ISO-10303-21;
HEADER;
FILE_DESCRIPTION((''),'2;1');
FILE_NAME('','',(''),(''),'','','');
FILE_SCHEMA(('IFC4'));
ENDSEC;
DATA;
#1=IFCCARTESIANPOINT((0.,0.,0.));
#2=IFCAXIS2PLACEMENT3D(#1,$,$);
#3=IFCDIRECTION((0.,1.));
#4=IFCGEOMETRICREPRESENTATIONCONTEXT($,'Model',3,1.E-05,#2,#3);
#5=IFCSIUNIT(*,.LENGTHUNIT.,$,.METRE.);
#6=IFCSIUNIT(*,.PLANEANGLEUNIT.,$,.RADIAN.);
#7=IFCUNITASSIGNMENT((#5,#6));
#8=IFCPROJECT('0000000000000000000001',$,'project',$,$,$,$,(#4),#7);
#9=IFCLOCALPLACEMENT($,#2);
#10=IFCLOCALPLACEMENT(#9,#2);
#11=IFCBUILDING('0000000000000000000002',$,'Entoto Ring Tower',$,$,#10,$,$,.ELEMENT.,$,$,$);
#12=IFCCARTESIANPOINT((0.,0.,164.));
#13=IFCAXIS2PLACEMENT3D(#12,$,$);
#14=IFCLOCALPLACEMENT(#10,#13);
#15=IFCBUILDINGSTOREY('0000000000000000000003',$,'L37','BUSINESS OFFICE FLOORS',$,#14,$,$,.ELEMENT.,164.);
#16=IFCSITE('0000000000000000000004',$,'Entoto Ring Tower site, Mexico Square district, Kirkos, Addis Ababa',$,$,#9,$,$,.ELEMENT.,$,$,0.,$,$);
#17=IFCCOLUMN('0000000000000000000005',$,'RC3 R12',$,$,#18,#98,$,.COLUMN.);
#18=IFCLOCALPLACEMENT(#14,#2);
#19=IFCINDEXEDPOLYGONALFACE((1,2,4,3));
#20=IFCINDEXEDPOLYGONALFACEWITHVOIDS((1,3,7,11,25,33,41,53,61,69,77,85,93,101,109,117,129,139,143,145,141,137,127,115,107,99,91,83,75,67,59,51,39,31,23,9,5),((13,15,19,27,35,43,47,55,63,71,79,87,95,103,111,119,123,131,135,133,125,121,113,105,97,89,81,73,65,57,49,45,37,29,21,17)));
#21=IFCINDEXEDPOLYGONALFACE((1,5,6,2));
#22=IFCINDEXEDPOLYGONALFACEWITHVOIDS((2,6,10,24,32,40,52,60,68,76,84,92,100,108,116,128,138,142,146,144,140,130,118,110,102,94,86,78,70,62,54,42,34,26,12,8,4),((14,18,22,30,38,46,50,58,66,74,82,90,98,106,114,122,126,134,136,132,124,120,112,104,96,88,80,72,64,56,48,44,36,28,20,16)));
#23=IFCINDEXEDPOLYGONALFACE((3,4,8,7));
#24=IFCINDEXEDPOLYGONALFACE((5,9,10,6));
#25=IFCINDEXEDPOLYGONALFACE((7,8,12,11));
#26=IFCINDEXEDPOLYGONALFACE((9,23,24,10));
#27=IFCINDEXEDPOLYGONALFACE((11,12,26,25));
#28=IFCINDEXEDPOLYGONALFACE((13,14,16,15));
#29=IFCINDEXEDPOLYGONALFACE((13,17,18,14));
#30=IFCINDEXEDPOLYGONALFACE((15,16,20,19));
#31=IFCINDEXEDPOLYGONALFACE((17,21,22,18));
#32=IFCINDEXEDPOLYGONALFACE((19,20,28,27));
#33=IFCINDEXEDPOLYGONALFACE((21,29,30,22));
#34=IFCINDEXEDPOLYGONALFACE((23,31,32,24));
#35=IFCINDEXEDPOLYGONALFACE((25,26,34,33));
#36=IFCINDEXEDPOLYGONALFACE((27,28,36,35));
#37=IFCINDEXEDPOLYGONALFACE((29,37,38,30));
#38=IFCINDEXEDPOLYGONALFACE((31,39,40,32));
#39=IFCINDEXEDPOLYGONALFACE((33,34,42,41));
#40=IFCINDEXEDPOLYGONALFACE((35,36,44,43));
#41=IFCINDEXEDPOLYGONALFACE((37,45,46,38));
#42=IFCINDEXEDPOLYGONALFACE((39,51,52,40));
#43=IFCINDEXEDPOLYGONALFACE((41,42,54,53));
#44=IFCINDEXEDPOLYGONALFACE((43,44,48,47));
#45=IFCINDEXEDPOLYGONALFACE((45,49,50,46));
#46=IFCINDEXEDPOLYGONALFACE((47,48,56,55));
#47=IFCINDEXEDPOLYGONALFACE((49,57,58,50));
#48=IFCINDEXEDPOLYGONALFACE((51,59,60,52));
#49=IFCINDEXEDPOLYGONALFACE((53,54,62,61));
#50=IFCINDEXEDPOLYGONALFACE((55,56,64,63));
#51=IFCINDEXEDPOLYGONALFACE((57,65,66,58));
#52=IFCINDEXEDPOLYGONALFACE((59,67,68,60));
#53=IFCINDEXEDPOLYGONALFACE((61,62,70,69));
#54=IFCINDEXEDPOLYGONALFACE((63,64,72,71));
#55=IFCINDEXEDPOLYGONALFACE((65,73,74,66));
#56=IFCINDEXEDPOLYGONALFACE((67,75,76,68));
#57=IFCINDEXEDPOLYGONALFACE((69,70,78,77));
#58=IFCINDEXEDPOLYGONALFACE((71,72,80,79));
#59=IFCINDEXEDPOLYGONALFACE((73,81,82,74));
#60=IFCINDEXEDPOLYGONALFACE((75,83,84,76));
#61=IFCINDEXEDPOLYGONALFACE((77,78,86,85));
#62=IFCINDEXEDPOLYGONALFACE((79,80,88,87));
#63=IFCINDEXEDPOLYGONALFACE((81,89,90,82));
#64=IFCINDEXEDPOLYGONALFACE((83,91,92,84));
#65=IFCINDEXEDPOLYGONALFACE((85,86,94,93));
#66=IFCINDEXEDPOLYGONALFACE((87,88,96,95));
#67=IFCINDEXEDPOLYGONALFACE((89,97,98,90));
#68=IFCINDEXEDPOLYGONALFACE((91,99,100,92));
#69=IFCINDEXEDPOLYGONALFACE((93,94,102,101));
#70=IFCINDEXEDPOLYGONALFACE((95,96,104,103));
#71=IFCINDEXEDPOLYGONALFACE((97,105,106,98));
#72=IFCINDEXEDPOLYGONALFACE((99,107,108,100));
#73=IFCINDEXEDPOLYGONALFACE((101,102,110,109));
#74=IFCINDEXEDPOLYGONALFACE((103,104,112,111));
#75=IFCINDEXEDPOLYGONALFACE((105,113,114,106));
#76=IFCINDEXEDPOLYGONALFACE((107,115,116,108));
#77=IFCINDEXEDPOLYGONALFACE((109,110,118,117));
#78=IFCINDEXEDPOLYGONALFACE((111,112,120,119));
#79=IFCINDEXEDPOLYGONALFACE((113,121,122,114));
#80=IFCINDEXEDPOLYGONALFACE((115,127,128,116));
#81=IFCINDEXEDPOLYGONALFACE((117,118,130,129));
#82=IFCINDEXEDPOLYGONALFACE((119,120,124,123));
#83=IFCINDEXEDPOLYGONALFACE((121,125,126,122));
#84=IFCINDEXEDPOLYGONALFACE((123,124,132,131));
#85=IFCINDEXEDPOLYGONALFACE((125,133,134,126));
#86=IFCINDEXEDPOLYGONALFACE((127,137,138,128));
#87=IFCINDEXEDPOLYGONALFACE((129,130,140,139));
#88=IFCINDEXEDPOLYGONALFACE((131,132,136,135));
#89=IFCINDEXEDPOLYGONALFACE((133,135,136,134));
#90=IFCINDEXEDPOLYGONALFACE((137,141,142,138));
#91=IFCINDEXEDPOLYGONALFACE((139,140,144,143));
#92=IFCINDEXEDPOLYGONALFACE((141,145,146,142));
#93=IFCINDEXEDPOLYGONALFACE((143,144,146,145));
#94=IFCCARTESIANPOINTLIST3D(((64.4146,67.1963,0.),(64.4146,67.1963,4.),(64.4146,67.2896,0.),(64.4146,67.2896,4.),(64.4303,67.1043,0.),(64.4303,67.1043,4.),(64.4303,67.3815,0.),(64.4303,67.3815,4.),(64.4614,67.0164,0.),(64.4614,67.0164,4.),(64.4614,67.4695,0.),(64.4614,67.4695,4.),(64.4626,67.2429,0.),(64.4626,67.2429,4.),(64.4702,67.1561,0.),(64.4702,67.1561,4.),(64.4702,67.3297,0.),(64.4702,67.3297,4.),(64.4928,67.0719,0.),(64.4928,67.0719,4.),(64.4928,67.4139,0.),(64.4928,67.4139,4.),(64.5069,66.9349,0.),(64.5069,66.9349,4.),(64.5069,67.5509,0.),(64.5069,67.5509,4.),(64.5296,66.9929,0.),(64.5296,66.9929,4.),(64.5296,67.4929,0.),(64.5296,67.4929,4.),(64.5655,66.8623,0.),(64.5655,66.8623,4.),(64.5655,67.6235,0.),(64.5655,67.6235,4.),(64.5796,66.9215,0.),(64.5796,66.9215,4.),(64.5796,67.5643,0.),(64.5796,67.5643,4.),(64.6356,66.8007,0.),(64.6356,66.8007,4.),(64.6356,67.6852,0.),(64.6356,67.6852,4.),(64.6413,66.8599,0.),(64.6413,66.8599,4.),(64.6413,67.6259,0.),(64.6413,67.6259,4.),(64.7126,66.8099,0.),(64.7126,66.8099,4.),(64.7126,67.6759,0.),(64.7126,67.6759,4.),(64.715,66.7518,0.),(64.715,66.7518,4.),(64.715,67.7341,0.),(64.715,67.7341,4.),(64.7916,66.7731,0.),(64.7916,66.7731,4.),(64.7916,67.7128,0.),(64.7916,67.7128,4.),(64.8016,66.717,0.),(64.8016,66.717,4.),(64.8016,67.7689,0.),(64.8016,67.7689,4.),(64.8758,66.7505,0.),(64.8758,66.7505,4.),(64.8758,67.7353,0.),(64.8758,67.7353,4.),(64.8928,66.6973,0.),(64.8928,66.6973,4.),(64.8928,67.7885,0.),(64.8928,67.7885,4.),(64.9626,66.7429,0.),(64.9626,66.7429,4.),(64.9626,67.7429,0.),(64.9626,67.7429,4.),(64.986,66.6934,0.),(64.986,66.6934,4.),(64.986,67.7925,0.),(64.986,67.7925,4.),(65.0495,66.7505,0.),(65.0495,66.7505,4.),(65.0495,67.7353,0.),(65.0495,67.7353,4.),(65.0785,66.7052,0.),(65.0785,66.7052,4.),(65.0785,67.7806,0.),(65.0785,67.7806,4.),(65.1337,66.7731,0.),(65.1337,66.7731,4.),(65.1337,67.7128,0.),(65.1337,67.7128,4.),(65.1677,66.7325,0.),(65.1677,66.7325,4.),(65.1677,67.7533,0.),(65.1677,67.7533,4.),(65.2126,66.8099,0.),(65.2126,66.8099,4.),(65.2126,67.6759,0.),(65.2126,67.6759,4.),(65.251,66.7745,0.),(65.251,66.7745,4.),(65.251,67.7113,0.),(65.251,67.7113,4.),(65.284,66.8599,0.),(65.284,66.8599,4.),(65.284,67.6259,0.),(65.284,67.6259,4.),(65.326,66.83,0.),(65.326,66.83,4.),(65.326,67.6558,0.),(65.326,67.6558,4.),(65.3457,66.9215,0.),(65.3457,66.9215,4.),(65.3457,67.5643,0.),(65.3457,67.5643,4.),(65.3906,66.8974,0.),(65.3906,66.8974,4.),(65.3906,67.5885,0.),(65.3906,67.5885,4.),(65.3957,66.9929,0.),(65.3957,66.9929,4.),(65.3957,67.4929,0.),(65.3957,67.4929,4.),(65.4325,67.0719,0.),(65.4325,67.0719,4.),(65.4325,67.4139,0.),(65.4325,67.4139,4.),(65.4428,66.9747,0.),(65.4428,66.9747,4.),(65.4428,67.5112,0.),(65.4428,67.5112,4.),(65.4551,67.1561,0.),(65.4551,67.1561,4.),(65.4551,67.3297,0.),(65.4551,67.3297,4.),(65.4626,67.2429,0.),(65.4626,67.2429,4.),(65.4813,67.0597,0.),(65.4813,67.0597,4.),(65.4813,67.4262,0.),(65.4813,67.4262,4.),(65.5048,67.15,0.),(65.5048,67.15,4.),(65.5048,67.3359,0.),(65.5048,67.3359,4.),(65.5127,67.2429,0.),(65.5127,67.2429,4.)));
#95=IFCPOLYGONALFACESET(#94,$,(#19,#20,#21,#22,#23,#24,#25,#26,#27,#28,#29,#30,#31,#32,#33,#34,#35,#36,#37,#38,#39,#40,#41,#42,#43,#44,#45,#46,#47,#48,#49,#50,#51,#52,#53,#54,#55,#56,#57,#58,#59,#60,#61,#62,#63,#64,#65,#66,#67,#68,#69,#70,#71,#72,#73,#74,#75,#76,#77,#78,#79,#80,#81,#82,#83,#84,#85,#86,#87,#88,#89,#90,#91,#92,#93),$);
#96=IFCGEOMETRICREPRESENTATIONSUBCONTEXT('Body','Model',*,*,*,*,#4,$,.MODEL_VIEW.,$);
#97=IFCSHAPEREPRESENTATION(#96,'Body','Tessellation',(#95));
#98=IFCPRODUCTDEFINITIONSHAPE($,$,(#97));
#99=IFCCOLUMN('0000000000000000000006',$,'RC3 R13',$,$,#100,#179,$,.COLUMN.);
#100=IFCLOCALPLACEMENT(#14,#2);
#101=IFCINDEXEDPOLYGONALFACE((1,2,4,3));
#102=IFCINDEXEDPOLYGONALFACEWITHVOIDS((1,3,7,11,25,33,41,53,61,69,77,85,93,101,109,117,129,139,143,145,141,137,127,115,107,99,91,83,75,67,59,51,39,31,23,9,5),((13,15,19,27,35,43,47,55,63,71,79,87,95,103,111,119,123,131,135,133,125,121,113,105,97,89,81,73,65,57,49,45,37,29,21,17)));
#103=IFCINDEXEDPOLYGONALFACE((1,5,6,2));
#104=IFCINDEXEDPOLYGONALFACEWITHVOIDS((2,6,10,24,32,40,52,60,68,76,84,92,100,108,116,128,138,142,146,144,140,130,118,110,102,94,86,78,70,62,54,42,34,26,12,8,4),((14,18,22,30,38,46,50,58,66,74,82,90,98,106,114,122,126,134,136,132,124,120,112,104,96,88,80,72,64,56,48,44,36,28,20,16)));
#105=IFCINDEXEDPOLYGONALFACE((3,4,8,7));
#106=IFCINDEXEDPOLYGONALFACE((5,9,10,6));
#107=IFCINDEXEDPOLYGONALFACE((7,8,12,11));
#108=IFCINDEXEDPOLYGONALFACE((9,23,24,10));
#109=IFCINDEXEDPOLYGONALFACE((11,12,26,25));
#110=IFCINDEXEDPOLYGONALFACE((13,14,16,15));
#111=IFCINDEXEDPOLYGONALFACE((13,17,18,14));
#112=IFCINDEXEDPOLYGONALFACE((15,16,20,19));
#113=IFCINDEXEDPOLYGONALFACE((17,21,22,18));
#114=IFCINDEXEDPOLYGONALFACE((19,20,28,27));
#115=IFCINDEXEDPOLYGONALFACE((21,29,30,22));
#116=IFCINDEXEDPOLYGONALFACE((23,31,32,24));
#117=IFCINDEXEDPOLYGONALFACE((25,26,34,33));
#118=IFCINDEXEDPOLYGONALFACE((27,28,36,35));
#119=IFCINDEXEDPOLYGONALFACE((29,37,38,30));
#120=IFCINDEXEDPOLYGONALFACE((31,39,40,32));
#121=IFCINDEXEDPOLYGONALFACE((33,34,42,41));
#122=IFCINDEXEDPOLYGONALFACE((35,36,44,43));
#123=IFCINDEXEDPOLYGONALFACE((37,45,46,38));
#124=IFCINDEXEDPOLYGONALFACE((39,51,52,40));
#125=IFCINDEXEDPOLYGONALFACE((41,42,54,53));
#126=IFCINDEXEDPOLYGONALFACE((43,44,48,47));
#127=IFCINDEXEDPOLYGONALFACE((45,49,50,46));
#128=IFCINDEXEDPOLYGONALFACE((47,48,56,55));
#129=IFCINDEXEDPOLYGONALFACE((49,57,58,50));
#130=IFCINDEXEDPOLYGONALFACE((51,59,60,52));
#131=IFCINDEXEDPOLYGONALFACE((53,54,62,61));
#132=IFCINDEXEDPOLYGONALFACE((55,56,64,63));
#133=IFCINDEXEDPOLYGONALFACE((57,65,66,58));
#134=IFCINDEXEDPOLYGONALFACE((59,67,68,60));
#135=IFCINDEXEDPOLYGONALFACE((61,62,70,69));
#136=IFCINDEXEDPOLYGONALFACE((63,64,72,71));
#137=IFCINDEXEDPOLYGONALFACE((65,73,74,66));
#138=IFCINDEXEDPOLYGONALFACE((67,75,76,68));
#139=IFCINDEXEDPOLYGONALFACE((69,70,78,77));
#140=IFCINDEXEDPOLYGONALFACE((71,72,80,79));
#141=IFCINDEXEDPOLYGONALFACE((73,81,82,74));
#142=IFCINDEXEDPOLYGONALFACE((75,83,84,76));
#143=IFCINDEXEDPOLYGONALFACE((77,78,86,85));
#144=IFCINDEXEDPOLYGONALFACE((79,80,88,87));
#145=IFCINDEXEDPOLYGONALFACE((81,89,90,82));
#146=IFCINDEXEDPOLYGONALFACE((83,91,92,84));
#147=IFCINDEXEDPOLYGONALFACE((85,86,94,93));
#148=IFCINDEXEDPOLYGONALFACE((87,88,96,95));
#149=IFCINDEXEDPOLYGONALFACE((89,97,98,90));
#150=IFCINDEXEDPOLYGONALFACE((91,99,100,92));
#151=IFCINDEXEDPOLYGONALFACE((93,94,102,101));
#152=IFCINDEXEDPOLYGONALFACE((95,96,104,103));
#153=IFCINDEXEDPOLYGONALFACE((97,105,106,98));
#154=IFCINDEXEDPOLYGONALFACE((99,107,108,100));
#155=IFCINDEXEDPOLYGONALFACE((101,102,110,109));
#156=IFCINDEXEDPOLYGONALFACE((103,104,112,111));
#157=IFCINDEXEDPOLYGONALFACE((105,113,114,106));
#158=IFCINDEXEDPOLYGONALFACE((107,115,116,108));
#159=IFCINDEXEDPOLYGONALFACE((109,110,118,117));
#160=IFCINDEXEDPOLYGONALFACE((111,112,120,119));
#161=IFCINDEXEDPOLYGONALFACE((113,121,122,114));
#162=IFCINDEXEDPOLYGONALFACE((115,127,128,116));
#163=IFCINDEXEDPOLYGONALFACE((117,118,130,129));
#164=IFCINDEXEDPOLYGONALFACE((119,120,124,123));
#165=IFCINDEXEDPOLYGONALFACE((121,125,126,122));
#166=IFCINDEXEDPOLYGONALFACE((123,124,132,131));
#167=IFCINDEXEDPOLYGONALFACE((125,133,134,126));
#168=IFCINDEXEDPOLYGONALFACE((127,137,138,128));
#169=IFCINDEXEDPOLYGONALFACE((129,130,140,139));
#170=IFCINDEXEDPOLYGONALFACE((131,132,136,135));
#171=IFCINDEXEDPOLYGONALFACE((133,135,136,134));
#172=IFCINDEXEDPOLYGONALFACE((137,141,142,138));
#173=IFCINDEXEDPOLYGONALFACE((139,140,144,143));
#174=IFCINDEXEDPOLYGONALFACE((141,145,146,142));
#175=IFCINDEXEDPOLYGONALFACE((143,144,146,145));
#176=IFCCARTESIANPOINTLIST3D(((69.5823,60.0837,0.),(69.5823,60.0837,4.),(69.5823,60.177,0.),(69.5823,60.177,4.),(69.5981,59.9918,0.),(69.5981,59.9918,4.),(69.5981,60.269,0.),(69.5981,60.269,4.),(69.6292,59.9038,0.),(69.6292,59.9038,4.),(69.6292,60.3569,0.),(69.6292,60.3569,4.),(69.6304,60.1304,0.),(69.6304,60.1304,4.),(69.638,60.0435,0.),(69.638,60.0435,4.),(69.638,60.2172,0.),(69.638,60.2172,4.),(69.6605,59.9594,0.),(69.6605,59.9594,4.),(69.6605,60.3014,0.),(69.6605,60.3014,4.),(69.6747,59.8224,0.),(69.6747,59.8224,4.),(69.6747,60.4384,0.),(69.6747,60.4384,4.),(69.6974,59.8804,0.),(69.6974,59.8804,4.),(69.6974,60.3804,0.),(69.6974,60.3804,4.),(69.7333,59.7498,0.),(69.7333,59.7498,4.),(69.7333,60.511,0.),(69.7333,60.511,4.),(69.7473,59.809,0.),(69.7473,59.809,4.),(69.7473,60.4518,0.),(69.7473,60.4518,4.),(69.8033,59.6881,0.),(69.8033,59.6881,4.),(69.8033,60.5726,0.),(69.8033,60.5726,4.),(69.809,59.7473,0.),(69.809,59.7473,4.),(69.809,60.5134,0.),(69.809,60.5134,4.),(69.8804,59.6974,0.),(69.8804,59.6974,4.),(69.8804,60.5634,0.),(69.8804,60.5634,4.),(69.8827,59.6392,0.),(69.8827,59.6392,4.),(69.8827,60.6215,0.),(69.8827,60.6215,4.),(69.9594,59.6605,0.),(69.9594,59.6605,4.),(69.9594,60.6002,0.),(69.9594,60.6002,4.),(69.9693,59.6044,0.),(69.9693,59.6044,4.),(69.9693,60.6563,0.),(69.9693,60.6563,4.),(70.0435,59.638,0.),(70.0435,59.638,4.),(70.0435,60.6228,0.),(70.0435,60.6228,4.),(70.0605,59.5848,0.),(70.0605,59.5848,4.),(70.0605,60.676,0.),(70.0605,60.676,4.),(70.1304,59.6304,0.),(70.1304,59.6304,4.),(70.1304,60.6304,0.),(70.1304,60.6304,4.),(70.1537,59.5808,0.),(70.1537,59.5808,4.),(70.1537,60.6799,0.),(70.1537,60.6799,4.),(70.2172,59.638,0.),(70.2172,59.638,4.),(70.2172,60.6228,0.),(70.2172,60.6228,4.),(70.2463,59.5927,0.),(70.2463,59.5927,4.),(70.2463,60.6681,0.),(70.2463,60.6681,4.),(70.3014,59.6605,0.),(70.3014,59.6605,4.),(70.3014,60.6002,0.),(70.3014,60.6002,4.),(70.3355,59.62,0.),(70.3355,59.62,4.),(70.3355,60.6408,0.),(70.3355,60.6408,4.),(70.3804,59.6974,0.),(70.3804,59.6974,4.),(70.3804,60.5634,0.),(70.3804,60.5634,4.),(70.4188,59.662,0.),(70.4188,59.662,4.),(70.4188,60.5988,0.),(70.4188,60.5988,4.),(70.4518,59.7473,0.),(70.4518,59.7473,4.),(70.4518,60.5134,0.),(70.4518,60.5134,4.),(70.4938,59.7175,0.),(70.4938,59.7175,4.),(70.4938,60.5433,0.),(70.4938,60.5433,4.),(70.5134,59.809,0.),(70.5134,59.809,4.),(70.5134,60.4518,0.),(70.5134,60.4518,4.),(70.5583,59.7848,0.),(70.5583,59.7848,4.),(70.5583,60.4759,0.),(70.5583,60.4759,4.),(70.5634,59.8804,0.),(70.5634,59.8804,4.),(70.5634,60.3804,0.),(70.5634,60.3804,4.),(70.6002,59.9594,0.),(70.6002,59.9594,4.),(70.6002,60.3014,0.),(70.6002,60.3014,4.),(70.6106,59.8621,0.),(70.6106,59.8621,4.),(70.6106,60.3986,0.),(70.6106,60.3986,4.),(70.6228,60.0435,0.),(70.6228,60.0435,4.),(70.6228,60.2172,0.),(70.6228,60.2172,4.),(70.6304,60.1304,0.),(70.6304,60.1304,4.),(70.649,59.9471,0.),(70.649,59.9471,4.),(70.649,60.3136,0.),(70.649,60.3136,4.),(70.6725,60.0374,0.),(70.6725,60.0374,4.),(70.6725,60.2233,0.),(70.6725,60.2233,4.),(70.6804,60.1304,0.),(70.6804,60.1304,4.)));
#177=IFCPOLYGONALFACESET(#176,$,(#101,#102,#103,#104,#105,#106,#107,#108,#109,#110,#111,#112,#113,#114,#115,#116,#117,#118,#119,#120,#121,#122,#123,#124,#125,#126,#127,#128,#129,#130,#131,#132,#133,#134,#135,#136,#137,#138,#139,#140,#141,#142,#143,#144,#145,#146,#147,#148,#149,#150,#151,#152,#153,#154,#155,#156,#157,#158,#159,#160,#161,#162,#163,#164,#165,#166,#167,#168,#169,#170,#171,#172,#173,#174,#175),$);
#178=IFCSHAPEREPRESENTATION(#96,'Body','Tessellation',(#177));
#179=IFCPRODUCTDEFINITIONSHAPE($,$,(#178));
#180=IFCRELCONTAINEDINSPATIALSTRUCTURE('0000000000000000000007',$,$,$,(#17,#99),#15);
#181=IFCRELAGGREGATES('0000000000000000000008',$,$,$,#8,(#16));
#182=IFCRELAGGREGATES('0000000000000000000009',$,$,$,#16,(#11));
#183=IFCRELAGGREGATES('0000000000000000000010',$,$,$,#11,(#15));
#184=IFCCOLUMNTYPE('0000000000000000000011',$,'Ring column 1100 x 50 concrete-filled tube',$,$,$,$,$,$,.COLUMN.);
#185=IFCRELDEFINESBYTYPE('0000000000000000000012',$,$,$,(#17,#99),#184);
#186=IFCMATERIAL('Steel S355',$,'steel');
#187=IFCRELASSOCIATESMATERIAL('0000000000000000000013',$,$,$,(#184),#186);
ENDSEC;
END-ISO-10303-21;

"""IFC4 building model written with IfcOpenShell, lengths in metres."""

from ifc_helpers import new_model, si_unit, direction, frame, origin, origin_2d, place, context, subcontext, project, spatial, circle, hollow_circle, extrude, material, material_profile, profile_set, type_object, element, save


model = new_model("IFC4")

# Units and contexts
model_context = context("Model", 3, precision=1e-05, world=origin(), true_north=direction((0.0, 1.0)))
body_context = subcontext(model_context, "Body", "Model", "MODEL_VIEW")
ifc_project = project(units=[si_unit("LENGTHUNIT", "METRE"), si_unit("PLANEANGLEUNIT", "RADIAN")], contexts=[model_context])

# Site, building, storey
site_placement = place(None, origin())
site = spatial("IfcSite", under=ifc_project, at=site_placement, Name="Entoto Ring Tower site, Mexico Square district, Kirkos, Addis Ababa", CompositionType="ELEMENT", RefElevation=0.0)
building_placement = place(site_placement, origin())
building = spatial("IfcBuilding", under=site, at=building_placement, Name="Entoto Ring Tower", CompositionType="ELEMENT")
storey_placement = place(building_placement, frame((0.0, 0.0, 164.0)))
storey = spatial("IfcBuildingStorey", under=building, at=storey_placement, Name="L37", Description="BUSINESS OFFICE FLOORS", CompositionType="ELEMENT", Elevation=164.0)

# Columns
ifc_material_1 = material(Name="Steel S355", Category="steel")
ifc_material_profile_1 = material_profile(ifc_material_1, hollow_circle(Radius=0.55, WallThickness=0.05, at=origin_2d()), Name="CHS 1100 x 50")
ifc_material_2 = material(Name="Concrete C60/75", Category="concrete")
ifc_material_profile_2 = material_profile(ifc_material_2, circle(Radius=0.5, at=origin_2d()), Name="Concrete C60/75 infill")
ifc_profile_set_1 = profile_set([ifc_material_profile_1, ifc_material_profile_2], Name="Steel S355")
column_type = type_object("IfcColumnType", Name="Ring column 1100 x 50 concrete-filled tube", PredefinedType="COLUMN", material=ifc_profile_set_1)
for number, where, z_axis, x_axis, name in (
    (1, (64.9626, 67.2429, 0.0), (0.0, 0.0, 1.0), (1.0, 0.0, 0.0), "RC3 R12"),
    (2, (70.1304, 60.1304, 0.0), (0.0, 0.0, 1.0), (1.0, 0.0, 0.0), "RC3 R13"),
):
    element("IfcColumn", number, at=place(storey_placement, frame(where, z_axis=z_axis, x_axis=x_axis)), inside=storey, type_object=column_type, Name=name, PredefinedType="COLUMN", context=body_context, shape_type="SweptSolid", body=[
        extrude(hollow_circle(Radius=0.55, WallThickness=0.05, at=origin_2d()), origin(), (0.0, 0.0, 1.0), 4.0),
    ])

save(model, "model.ifc")
